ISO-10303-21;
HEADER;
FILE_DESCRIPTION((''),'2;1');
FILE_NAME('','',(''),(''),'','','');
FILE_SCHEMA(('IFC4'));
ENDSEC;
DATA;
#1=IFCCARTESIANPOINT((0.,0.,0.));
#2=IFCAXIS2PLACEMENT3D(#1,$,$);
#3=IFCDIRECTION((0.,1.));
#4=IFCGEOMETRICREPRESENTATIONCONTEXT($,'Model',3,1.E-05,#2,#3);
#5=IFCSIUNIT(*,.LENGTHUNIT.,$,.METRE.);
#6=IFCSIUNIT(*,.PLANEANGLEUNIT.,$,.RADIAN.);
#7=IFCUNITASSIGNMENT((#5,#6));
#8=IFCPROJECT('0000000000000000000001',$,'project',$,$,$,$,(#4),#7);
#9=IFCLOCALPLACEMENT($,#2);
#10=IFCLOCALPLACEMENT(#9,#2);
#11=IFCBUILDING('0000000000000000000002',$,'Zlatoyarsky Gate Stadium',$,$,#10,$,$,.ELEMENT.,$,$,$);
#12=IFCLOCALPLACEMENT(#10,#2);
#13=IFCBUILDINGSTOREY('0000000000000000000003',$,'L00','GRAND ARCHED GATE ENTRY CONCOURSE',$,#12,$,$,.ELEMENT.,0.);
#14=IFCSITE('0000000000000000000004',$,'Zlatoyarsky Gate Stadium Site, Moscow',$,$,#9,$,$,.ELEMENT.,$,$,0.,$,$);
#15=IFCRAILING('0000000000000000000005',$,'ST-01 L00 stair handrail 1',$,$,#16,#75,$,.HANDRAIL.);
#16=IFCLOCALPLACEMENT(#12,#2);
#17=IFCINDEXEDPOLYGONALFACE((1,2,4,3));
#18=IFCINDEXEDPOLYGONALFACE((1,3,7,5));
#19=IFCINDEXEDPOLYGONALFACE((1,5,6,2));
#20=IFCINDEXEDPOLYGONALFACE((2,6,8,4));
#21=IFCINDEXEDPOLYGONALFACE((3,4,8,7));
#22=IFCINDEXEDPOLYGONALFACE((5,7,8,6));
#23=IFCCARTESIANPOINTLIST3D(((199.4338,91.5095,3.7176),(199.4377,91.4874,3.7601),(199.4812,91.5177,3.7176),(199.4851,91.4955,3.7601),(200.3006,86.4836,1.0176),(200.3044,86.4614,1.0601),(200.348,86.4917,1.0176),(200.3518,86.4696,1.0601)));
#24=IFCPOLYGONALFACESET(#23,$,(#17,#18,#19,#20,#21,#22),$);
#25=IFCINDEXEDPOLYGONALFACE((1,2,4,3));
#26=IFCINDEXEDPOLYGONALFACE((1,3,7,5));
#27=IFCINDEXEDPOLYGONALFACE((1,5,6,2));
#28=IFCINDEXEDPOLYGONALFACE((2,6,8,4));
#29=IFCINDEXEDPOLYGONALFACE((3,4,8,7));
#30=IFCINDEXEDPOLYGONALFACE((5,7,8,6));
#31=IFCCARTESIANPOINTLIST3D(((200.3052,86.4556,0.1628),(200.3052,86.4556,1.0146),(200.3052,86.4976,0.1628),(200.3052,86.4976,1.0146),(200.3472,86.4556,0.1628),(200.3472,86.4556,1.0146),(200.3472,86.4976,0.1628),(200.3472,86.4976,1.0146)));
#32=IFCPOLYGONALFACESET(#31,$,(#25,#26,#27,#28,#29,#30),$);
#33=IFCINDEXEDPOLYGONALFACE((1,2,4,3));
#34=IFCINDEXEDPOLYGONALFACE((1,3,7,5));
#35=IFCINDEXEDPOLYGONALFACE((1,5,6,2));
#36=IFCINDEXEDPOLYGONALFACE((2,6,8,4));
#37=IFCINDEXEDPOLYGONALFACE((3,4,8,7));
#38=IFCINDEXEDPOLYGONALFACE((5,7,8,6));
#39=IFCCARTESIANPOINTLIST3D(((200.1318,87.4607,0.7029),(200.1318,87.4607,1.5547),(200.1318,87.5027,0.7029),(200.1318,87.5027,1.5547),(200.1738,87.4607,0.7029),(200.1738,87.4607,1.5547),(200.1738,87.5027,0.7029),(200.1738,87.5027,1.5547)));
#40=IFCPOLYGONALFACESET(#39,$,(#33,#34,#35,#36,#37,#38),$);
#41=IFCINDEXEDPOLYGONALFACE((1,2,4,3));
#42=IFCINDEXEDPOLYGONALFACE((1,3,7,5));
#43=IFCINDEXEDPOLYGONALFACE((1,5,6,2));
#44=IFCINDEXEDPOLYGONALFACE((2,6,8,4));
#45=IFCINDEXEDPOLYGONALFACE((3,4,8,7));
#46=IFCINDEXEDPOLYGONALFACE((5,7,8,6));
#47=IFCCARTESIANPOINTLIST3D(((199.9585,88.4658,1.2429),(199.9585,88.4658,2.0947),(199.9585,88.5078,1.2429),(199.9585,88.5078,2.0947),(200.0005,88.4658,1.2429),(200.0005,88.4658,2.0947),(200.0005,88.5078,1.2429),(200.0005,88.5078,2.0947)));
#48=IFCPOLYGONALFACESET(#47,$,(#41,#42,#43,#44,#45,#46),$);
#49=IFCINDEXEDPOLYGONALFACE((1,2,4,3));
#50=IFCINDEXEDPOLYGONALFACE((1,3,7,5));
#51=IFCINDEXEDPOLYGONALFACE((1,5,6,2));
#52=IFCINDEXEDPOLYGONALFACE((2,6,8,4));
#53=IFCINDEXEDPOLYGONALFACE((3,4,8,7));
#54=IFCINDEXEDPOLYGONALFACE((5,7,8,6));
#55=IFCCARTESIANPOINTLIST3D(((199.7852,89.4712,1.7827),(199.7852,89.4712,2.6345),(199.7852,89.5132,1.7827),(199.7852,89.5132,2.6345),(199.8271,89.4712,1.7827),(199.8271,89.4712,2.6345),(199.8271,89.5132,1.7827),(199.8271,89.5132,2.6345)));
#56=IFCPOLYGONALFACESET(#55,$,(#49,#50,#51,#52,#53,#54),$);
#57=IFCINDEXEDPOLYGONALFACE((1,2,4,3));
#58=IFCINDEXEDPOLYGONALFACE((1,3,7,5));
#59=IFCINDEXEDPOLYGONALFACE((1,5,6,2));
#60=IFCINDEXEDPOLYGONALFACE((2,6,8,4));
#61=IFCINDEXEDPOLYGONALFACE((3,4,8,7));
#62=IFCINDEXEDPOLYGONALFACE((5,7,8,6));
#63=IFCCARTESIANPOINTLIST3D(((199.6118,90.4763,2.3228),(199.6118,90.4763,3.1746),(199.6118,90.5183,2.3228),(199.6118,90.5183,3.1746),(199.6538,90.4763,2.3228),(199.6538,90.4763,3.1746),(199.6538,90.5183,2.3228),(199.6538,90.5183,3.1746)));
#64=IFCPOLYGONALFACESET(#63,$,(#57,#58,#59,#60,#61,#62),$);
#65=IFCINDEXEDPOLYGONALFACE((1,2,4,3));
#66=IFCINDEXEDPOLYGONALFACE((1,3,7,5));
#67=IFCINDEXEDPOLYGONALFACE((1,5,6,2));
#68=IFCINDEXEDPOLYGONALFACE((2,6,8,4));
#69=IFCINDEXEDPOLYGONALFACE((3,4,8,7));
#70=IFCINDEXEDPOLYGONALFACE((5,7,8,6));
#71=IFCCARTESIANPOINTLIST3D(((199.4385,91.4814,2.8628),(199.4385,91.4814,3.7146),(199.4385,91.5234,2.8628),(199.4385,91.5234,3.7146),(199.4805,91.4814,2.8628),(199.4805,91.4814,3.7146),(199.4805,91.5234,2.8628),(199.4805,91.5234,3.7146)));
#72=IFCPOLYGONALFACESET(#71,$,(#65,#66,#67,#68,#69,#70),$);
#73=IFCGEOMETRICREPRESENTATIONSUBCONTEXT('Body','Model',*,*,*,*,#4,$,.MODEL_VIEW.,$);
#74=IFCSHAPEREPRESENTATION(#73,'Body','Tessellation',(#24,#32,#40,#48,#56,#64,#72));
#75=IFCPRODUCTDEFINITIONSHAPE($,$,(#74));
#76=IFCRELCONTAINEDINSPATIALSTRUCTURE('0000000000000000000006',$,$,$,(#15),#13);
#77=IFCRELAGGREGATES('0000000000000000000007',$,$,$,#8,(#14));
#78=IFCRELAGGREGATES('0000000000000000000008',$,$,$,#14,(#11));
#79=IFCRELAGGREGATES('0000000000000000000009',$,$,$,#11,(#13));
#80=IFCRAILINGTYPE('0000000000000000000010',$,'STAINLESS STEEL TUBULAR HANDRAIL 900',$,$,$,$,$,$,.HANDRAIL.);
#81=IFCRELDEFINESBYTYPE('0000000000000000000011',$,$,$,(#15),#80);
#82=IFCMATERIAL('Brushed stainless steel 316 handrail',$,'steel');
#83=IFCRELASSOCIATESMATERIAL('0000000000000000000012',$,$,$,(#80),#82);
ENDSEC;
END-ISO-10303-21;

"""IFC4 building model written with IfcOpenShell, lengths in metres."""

from ifc_helpers import new_model, si_unit, direction, frame, origin, origin_2d, place, context, subcontext, project, spatial, rectangle, extrude, material, type_object, element, save


model = new_model("IFC4")

# Units and contexts
model_context = context("Model", 3, precision=1e-05, world=origin(), true_north=direction((0.0, 1.0)))
body_context = subcontext(model_context, "Body", "Model", "MODEL_VIEW")
ifc_project = project(units=[si_unit("LENGTHUNIT", "METRE"), si_unit("PLANEANGLEUNIT", "RADIAN")], contexts=[model_context])

# Site, building, storey
site_placement = place(None, origin())
site = spatial("IfcSite", under=ifc_project, at=site_placement, Name="Zlatoyarsky Gate Stadium Site, Moscow", CompositionType="ELEMENT", RefElevation=0.0)
building_placement = place(site_placement, origin())
building = spatial("IfcBuilding", under=site, at=building_placement, Name="Zlatoyarsky Gate Stadium", CompositionType="ELEMENT")
storey_placement = place(building_placement, origin())
storey = spatial("IfcBuildingStorey", under=building, at=storey_placement, Name="L00", Description="GRAND ARCHED GATE ENTRY CONCOURSE", CompositionType="ELEMENT", Elevation=0.0)

# Railing
ifc_material_1 = material(Name="Brushed stainless steel 316 handrail", Category="steel")
railing_type_1 = type_object("IfcRailingType", Name="STAINLESS STEEL TUBULAR HANDRAIL 900", PredefinedType="HANDRAIL", material=ifc_material_1)
railing_1_placement = place(storey_placement, frame((200.3262, 86.4766, 0.1628)))
element("IfcRailing", 1, at=railing_1_placement, inside=storey, type_object=railing_type_1, Name="ST-01 L00 stair handrail 1", PredefinedType="HANDRAIL", context=body_context, shape_type="SweptSolid", body=[
    extrude(rectangle(XDim=0.0481, YDim=0.0481, at=origin_2d()), frame((0.0, 0.0, 0.876), z_axis=(-0.150191, 0.870939, 0.467877), x_axis=(-0.985455, -0.169939, 0.0)), (0.0, 0.0, 1.0), 5.7708),
    extrude(rectangle(XDim=0.042, YDim=0.042, at=origin_2d()), origin(), (0.0, 0.0, 1.0), 0.8518),
    extrude(rectangle(XDim=0.042, YDim=0.042, at=origin_2d()), frame((-0.1733, 1.0051, 0.54)), (0.0, 0.0, 1.0), 0.8518),
    extrude(rectangle(XDim=0.042, YDim=0.042, at=origin_2d()), frame((-0.3467, 2.0103, 1.0801)), (0.0, 0.0, 1.0), 0.8518),
    extrude(rectangle(XDim=0.042, YDim=0.042, at=origin_2d()), frame((-0.52, 3.0156, 1.6199)), (0.0, 0.0, 1.0), 0.8518),
    extrude(rectangle(XDim=0.042, YDim=0.042, at=origin_2d()), frame((-0.6934, 4.0208, 2.1599)), (0.0, 0.0, 1.0), 0.8518),
    extrude(rectangle(XDim=0.042, YDim=0.042, at=origin_2d()), frame((-0.8667, 5.0259, 2.7)), (0.0, 0.0, 1.0), 0.8518),
])

save(model, "model.ifc")
